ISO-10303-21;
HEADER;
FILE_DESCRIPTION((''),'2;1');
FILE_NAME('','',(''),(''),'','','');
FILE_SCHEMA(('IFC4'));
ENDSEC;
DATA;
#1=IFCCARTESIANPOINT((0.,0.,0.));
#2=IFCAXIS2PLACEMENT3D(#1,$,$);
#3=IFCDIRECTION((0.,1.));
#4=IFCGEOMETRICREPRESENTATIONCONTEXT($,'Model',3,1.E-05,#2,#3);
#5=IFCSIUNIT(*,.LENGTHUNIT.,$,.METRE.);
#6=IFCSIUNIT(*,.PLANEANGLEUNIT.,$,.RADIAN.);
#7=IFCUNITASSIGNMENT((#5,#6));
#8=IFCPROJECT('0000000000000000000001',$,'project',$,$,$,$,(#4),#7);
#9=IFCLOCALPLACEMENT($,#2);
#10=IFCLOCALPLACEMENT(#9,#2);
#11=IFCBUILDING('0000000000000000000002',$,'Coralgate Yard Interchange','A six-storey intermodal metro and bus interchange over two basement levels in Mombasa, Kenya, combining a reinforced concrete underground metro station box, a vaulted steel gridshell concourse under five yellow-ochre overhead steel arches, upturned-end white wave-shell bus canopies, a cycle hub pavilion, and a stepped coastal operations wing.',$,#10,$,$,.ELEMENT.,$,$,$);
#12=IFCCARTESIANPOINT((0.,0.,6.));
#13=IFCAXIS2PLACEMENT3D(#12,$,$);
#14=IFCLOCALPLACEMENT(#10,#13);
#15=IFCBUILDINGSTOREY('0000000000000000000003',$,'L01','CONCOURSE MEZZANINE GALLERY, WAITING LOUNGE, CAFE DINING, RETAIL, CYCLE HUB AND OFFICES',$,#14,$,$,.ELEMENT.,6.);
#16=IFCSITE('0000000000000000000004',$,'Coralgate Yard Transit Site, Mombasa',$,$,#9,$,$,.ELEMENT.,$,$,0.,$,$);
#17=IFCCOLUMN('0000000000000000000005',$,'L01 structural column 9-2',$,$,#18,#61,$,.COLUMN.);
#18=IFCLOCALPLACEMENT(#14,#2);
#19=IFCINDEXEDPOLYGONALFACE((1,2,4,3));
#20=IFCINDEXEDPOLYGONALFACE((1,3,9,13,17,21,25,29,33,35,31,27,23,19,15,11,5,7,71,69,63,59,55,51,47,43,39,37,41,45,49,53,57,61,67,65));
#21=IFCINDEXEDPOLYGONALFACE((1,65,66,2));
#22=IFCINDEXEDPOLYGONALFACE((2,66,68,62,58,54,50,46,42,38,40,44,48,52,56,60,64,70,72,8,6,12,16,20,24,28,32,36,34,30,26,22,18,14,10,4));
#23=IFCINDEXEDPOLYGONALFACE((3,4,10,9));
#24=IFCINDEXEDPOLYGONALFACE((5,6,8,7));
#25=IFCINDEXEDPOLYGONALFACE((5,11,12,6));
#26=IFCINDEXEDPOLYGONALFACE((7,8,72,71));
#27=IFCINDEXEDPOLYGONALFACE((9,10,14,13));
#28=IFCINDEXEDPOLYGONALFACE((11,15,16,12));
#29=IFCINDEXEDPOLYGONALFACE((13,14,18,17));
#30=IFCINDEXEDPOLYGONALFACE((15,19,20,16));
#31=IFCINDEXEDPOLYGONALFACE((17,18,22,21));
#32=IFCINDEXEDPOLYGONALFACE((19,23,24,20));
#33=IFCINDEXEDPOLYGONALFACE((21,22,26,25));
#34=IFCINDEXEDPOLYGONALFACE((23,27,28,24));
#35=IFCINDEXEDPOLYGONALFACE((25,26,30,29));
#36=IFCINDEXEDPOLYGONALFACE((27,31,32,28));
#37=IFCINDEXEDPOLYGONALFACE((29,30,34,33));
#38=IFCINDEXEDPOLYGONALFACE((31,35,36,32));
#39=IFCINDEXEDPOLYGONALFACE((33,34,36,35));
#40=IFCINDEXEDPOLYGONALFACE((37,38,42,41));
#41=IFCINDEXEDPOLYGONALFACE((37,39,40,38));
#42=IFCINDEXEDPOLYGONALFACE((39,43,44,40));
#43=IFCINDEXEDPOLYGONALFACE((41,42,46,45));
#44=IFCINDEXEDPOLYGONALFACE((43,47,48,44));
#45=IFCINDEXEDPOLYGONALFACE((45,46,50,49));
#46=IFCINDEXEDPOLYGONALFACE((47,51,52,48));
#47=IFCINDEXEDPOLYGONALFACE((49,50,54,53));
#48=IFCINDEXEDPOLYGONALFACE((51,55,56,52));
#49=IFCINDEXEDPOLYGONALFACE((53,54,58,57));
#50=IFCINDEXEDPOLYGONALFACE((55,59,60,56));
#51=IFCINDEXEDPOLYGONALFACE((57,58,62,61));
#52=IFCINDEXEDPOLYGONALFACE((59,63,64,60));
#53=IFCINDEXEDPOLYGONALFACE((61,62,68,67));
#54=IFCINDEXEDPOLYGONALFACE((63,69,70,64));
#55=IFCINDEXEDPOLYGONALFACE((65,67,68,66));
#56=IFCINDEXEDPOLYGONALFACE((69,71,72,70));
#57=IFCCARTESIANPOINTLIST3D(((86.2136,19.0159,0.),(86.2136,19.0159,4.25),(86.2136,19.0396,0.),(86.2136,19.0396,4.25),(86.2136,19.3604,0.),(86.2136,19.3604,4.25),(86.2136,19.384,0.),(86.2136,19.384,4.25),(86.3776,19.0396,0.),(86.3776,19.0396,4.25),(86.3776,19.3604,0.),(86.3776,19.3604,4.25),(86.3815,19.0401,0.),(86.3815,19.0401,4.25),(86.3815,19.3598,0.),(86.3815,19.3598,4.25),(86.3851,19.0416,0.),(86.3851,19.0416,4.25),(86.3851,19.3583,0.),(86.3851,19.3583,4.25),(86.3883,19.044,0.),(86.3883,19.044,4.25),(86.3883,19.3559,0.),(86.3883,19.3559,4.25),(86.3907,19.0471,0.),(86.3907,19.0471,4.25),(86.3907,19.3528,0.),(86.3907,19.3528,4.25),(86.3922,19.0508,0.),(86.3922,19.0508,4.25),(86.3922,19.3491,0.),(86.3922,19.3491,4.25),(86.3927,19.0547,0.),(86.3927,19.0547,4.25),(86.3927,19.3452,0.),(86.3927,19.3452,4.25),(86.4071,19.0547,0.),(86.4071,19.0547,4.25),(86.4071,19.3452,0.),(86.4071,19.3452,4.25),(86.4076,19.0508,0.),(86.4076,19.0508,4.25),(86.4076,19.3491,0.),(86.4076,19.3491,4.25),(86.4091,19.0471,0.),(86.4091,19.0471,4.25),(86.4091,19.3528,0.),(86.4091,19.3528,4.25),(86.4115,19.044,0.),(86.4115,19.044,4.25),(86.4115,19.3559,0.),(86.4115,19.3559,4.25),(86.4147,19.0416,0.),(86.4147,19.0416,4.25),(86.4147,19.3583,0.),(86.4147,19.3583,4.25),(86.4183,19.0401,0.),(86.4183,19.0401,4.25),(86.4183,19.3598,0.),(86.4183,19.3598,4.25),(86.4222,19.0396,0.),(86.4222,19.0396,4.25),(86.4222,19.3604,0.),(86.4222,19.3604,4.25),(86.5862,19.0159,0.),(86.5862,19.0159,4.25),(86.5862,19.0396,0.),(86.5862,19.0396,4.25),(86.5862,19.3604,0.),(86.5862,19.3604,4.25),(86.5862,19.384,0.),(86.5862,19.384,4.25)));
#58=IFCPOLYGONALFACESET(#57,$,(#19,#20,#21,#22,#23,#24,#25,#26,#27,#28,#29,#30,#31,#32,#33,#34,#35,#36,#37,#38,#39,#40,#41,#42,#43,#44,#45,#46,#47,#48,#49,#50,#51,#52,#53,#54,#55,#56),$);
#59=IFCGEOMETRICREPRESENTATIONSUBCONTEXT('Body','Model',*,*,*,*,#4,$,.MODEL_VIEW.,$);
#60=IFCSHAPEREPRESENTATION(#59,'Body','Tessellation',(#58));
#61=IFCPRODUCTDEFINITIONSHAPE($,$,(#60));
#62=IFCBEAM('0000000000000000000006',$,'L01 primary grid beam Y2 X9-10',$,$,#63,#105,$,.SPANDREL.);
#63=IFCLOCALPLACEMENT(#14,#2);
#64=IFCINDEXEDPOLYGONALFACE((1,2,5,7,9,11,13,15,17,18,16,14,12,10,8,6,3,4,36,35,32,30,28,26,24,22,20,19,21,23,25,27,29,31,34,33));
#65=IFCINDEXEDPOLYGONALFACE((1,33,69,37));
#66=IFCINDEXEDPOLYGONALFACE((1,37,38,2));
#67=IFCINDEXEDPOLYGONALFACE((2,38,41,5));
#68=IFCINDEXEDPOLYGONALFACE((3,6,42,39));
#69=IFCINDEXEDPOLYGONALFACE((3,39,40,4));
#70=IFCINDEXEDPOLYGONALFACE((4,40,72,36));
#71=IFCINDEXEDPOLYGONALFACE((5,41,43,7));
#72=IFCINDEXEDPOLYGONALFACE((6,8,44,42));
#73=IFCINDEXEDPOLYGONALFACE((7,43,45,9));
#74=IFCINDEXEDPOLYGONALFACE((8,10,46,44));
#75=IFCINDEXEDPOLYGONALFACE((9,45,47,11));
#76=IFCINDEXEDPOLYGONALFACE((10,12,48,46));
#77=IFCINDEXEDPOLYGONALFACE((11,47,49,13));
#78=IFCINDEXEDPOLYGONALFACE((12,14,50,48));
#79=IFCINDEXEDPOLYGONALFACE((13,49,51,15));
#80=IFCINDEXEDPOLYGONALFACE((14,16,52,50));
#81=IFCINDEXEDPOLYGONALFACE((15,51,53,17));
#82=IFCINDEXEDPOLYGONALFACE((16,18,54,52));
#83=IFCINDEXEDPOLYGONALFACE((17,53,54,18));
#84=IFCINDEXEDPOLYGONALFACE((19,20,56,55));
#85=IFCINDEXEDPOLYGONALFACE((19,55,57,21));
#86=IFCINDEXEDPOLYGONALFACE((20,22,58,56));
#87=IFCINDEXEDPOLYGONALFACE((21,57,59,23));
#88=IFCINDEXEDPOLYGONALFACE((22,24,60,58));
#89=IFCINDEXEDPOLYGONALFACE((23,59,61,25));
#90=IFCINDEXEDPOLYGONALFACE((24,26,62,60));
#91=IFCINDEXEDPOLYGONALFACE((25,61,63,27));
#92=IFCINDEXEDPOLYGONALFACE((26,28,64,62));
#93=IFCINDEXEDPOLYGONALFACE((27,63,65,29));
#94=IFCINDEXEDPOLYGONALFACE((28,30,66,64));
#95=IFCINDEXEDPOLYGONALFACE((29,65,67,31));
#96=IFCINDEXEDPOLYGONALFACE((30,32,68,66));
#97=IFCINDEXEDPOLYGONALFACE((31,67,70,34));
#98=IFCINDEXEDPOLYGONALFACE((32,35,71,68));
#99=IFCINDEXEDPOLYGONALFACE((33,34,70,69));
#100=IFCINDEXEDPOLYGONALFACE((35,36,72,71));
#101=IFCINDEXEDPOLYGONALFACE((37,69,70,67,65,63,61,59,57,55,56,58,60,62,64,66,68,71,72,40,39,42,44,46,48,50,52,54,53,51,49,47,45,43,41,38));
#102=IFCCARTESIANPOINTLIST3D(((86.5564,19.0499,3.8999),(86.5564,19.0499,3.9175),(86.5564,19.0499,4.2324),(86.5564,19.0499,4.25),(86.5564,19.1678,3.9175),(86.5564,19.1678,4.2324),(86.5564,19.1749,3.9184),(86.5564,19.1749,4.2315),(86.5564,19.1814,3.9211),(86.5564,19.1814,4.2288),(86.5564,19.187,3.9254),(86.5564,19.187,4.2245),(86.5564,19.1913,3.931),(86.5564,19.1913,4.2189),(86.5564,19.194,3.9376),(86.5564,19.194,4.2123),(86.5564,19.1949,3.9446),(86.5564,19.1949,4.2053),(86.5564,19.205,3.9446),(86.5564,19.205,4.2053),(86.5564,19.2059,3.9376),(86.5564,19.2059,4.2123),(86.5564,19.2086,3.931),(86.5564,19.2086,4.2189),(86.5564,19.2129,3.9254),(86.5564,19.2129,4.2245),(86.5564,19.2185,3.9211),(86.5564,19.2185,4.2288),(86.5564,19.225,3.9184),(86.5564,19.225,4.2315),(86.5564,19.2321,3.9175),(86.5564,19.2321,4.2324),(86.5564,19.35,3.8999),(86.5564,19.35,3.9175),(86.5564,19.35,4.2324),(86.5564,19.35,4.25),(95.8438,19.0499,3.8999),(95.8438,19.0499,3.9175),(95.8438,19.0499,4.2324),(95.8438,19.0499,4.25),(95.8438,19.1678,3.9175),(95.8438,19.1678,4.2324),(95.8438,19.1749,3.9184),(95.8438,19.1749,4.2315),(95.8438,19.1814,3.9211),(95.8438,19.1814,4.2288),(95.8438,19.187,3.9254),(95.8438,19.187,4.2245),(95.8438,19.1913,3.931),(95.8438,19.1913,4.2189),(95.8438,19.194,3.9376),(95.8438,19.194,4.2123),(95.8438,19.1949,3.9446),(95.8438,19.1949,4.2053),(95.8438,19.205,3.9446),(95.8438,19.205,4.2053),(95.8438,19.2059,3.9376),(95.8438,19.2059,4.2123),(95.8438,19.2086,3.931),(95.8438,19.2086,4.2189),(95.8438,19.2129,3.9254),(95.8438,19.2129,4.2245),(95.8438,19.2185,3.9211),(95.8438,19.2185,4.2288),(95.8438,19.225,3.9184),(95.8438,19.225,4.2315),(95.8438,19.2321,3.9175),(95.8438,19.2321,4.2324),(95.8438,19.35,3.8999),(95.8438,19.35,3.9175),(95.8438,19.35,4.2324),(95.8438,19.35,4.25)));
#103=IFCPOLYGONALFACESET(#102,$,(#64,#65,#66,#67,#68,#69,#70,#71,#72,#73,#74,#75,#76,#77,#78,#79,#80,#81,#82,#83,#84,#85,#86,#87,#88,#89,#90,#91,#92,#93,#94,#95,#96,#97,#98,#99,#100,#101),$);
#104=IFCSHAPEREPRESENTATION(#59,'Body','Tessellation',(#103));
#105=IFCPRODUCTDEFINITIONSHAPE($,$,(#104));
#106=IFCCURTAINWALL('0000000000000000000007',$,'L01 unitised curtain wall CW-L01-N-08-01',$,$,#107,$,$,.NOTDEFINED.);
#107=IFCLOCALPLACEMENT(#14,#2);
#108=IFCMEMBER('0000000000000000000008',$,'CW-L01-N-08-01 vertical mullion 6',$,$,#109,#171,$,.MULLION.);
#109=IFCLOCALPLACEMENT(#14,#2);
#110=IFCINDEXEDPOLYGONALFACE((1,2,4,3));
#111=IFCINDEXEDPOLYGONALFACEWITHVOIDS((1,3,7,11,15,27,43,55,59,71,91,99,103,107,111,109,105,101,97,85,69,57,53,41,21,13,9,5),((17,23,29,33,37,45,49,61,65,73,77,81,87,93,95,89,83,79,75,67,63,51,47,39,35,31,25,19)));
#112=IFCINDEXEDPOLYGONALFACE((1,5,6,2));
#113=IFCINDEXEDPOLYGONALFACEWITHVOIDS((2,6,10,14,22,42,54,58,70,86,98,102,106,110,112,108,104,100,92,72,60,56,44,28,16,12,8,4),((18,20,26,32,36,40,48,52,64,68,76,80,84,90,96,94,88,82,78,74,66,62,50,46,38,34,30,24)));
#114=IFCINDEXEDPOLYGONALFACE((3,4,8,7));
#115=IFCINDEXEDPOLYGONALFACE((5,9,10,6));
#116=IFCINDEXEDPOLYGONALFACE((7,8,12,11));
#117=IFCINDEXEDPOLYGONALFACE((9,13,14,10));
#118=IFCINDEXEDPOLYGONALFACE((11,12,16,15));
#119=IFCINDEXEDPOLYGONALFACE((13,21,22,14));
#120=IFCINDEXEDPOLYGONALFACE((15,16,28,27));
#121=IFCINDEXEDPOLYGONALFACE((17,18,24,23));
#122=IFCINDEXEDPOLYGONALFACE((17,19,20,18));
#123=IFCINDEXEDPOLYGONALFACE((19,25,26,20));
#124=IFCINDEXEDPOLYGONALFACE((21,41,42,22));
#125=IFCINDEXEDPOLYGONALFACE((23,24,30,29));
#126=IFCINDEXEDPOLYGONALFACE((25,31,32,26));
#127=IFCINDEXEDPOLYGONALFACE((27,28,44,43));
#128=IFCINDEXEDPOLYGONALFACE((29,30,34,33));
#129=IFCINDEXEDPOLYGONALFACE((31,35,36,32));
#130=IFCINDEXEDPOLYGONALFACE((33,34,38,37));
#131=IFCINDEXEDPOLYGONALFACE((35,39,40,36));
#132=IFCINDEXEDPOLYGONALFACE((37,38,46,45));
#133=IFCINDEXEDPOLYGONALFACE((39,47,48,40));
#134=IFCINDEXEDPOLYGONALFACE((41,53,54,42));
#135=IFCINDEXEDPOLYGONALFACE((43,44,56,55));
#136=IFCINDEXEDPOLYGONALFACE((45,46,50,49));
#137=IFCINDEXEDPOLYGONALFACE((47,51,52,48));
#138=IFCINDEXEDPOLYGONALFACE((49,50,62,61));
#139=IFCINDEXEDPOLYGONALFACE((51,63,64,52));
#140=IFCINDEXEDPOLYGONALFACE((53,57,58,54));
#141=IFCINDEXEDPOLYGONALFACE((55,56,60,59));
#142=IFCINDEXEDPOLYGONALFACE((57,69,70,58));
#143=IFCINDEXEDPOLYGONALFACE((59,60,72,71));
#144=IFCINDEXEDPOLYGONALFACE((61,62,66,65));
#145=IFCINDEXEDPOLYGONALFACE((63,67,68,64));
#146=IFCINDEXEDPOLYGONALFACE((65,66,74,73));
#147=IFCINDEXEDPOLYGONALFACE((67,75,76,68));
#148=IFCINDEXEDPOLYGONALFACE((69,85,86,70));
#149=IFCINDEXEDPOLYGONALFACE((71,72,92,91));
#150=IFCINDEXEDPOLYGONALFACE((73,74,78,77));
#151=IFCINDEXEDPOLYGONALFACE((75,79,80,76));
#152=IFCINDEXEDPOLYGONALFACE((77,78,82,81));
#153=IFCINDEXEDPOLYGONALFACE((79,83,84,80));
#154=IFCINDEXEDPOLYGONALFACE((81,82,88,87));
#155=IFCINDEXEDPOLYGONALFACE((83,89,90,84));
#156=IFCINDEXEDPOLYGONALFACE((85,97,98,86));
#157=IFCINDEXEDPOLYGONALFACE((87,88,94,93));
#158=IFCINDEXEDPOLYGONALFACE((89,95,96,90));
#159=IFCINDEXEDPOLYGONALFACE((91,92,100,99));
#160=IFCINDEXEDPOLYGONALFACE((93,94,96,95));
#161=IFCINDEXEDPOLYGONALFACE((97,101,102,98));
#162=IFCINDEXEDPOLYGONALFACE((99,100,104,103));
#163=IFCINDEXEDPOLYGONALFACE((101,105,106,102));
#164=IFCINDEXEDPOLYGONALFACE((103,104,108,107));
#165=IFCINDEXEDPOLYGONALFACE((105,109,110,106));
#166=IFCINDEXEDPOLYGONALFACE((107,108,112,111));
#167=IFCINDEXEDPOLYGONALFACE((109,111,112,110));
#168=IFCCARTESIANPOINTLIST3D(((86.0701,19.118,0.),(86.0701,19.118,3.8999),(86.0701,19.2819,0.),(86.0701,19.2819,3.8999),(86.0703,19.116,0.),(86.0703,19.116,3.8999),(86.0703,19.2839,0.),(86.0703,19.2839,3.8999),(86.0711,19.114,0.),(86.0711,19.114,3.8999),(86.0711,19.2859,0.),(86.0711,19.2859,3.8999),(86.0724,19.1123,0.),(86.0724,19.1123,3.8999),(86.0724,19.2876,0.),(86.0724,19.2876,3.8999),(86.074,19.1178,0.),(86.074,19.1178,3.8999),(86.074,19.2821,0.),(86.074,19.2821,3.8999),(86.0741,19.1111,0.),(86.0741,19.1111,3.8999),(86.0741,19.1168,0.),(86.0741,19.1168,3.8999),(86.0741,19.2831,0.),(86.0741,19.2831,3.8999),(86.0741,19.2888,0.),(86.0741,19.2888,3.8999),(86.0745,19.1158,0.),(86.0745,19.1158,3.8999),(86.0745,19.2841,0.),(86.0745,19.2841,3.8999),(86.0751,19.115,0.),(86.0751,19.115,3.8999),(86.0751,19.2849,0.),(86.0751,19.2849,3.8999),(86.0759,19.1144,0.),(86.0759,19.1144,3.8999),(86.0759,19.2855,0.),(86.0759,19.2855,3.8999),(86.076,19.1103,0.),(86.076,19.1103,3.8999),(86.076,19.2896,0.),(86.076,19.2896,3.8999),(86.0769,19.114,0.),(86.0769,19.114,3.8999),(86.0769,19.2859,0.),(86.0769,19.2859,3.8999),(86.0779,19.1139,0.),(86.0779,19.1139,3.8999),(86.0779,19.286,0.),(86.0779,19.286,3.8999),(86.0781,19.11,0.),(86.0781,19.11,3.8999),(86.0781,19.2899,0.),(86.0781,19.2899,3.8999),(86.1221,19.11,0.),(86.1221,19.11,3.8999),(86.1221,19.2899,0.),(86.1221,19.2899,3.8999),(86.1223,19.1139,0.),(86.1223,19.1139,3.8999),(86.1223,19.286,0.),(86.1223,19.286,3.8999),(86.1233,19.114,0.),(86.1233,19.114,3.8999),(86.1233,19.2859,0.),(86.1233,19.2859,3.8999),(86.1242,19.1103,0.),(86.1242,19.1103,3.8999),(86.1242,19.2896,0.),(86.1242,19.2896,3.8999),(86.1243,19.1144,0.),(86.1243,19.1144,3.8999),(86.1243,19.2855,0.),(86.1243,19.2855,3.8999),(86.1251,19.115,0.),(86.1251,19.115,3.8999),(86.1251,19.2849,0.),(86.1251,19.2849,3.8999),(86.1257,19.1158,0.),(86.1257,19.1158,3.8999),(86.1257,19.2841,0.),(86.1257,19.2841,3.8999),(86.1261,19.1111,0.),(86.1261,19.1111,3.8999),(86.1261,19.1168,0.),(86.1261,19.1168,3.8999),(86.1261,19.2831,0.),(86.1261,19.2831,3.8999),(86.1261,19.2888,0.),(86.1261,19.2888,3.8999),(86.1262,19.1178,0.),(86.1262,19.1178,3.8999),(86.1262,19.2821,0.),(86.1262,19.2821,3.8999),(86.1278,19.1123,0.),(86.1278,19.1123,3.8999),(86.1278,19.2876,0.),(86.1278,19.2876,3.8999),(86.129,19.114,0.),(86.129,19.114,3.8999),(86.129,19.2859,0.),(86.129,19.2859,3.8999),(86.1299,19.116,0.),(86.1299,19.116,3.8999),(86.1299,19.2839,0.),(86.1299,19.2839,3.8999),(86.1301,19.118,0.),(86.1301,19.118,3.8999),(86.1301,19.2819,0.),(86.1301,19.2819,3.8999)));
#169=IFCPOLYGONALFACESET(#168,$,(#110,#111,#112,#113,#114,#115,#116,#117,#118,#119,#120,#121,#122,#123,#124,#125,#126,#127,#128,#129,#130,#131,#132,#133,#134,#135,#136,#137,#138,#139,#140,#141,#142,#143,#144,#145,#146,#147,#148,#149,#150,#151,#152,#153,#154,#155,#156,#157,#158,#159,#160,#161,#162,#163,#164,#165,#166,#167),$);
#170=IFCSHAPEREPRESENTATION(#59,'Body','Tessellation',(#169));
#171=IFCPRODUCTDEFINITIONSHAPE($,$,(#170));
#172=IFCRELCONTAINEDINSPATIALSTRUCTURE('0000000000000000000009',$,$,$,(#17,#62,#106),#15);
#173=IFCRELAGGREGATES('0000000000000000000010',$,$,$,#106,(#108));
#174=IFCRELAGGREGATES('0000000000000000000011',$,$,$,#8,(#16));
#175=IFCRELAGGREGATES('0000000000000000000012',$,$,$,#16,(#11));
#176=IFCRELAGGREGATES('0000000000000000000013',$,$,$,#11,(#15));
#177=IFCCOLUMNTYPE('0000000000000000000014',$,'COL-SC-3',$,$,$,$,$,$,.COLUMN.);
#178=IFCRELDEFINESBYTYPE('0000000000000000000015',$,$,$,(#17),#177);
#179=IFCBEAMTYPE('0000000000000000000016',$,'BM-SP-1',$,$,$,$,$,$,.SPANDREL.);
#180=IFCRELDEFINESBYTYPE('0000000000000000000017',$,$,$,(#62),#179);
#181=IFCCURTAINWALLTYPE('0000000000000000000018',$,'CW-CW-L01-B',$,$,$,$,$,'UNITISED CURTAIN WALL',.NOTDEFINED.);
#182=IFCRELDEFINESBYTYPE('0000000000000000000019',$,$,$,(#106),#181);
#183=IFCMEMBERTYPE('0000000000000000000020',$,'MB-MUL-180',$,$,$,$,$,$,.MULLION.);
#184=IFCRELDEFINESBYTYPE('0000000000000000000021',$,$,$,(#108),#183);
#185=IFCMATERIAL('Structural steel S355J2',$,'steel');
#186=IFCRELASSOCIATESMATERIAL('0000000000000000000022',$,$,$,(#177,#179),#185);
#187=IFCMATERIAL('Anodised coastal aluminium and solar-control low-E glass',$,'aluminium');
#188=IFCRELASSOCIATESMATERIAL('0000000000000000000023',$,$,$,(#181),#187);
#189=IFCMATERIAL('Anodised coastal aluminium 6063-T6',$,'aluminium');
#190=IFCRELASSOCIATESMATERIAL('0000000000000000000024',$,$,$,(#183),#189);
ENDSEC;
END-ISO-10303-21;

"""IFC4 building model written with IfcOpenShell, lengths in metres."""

from ifc_helpers import new_model, si_unit, direction, frame, origin, origin_2d, place, context, subcontext, project, spatial, hollow_rectangle, i_section, extrude, material, material_profile, profile_set, type_object, element, aggregate, save


model = new_model("IFC4")

# Units and contexts
model_context = context("Model", 3, precision=1e-05, world=origin(), true_north=direction((0.0, 1.0)))
body_context = subcontext(model_context, "Body", "Model", "MODEL_VIEW")
ifc_project = project(units=[si_unit("LENGTHUNIT", "METRE"), si_unit("PLANEANGLEUNIT", "RADIAN")], contexts=[model_context])

# Site, building, storey
site_placement = place(None, origin())
site = spatial("IfcSite", under=ifc_project, at=site_placement, Name="Coralgate Yard Transit Site, Mombasa", CompositionType="ELEMENT", RefElevation=0.0)
building_placement = place(site_placement, origin())
building = spatial("IfcBuilding", under=site, at=building_placement, Name="Coralgate Yard Interchange", Description="A six-storey intermodal metro and bus interchange over two basement levels in Mombasa, Kenya, combining a reinforced concrete underground metro station box, a vaulted steel gridshell concourse under five yellow-ochre overhead steel arches, upturned-end white wave-shell bus canopies, a cycle hub pavilion, and a stepped coastal operations wing.", CompositionType="ELEMENT")
storey_placement = place(building_placement, frame((0.0, 0.0, 6.0)))
storey = spatial("IfcBuildingStorey", under=building, at=storey_placement, Name="L01", Description="CONCOURSE MEZZANINE GALLERY, WAITING LOUNGE, CAFE DINING, RETAIL, CYCLE HUB AND OFFICES", CompositionType="ELEMENT", Elevation=6.0)

# Column
ifc_material_1 = material(Name="Structural steel S355J2", Category="steel")
ifc_material_profile_1 = material_profile(ifc_material_1, i_section(OverallWidth=0.3726, OverallDepth=0.3682, WebThickness=0.0144, FlangeThickness=0.0237, FilletRadius=0.0151, at=origin_2d()), Name="UC 356x368x177")
ifc_profile_set_1 = profile_set([ifc_material_profile_1], Name="Structural steel S355J2")
column_type = type_object("IfcColumnType", Name="COL-SC-3", PredefinedType="COLUMN", material=ifc_profile_set_1)
column_placement = place(storey_placement, frame((86.3999, 19.2, 0.0), z_axis=(0.0, 0.0, 1.0), x_axis=(1.0, 0.0, 0.0)))
element("IfcColumn", 1, at=column_placement, inside=storey, type_object=column_type, Name="L01 structural column 9-2", PredefinedType="COLUMN", context=body_context, shape_type="SweptSolid", body=[
    extrude(i_section(OverallWidth=0.3726, OverallDepth=0.3682, WebThickness=0.0144, FlangeThickness=0.0237, FilletRadius=0.0151, at=origin_2d()), origin(), (0.0, 0.0, 1.0), 4.25),
])

# Beam
ifc_material_profile_2 = material_profile(ifc_material_1, i_section(OverallWidth=0.3, OverallDepth=0.3501, WebThickness=0.01, FlangeThickness=0.0176, FilletRadius=0.0271, at=origin_2d()), Name="HEA 360")
ifc_profile_set_2 = profile_set([ifc_material_profile_2], Name="Structural steel S355J2")
beam_type = type_object("IfcBeamType", Name="BM-SP-1", PredefinedType="SPANDREL", material=ifc_profile_set_2)
beam_placement = place(storey_placement, frame((86.5564, 19.2, 4.075), z_axis=(1.0, 0.0, 0.0), x_axis=(0.0, 1.0, 0.0)))
element("IfcBeam", 2, at=beam_placement, inside=storey, type_object=beam_type, Name="L01 primary grid beam Y2 X9-10", PredefinedType="SPANDREL", context=body_context, shape_type="SweptSolid", body=[
    extrude(i_section(OverallWidth=0.3, OverallDepth=0.3501, WebThickness=0.01, FlangeThickness=0.0176, FilletRadius=0.0271, at=origin_2d()), origin(), (0.0, 0.0, 1.0), 9.2874),
])

# Curtain wall, member
ifc_material_2 = material(Name="Anodised coastal aluminium and solar-control low-E glass", Category="aluminium")
curtain_wall_type_1 = type_object("IfcCurtainWallType", Name="CW-CW-L01-B", ElementType="UNITISED CURTAIN WALL", PredefinedType="NOTDEFINED", material=ifc_material_2)
curtain_wall_1_placement = place(storey_placement, origin())
curtain_wall_1 = element("IfcCurtainWall", 3, at=curtain_wall_1_placement, inside=storey, type_object=curtain_wall_type_1, Name="L01 unitised curtain wall CW-L01-N-08-01", PredefinedType="NOTDEFINED")
ifc_material_3 = material(Name="Anodised coastal aluminium 6063-T6", Category="aluminium")
ifc_material_profile_3 = material_profile(ifc_material_3, hollow_rectangle(XDim=0.0601, YDim=0.1799, WallThickness=0.0039, InnerFilletRadius=0.0039, OuterFilletRadius=0.0081, at=origin_2d()), Name="ALU 60x180x4")
ifc_profile_set_3 = profile_set([ifc_material_profile_3], Name="Anodised coastal aluminium 6063-T6")
member_type_1 = type_object("IfcMemberType", Name="MB-MUL-180", PredefinedType="MULLION", material=ifc_profile_set_3)
member_1_placement = place(storey_placement, frame((86.1001, 19.2, 0.0), z_axis=(0.0, 0.0, 1.0), x_axis=(1.0, 0.0, 0.0)))
member_1 = element("IfcMember", 4, at=member_1_placement, type_object=member_type_1, Name="CW-L01-N-08-01 vertical mullion 6", PredefinedType="MULLION", context=body_context, shape_type="SweptSolid", body=[
    extrude(hollow_rectangle(XDim=0.0601, YDim=0.1799, WallThickness=0.0039, InnerFilletRadius=0.0039, OuterFilletRadius=0.0081, at=origin_2d()), origin(), (0.0, 0.0, 1.0), 3.8999),
])

aggregate(curtain_wall_1, [member_1])

save(model, "model.ifc")
